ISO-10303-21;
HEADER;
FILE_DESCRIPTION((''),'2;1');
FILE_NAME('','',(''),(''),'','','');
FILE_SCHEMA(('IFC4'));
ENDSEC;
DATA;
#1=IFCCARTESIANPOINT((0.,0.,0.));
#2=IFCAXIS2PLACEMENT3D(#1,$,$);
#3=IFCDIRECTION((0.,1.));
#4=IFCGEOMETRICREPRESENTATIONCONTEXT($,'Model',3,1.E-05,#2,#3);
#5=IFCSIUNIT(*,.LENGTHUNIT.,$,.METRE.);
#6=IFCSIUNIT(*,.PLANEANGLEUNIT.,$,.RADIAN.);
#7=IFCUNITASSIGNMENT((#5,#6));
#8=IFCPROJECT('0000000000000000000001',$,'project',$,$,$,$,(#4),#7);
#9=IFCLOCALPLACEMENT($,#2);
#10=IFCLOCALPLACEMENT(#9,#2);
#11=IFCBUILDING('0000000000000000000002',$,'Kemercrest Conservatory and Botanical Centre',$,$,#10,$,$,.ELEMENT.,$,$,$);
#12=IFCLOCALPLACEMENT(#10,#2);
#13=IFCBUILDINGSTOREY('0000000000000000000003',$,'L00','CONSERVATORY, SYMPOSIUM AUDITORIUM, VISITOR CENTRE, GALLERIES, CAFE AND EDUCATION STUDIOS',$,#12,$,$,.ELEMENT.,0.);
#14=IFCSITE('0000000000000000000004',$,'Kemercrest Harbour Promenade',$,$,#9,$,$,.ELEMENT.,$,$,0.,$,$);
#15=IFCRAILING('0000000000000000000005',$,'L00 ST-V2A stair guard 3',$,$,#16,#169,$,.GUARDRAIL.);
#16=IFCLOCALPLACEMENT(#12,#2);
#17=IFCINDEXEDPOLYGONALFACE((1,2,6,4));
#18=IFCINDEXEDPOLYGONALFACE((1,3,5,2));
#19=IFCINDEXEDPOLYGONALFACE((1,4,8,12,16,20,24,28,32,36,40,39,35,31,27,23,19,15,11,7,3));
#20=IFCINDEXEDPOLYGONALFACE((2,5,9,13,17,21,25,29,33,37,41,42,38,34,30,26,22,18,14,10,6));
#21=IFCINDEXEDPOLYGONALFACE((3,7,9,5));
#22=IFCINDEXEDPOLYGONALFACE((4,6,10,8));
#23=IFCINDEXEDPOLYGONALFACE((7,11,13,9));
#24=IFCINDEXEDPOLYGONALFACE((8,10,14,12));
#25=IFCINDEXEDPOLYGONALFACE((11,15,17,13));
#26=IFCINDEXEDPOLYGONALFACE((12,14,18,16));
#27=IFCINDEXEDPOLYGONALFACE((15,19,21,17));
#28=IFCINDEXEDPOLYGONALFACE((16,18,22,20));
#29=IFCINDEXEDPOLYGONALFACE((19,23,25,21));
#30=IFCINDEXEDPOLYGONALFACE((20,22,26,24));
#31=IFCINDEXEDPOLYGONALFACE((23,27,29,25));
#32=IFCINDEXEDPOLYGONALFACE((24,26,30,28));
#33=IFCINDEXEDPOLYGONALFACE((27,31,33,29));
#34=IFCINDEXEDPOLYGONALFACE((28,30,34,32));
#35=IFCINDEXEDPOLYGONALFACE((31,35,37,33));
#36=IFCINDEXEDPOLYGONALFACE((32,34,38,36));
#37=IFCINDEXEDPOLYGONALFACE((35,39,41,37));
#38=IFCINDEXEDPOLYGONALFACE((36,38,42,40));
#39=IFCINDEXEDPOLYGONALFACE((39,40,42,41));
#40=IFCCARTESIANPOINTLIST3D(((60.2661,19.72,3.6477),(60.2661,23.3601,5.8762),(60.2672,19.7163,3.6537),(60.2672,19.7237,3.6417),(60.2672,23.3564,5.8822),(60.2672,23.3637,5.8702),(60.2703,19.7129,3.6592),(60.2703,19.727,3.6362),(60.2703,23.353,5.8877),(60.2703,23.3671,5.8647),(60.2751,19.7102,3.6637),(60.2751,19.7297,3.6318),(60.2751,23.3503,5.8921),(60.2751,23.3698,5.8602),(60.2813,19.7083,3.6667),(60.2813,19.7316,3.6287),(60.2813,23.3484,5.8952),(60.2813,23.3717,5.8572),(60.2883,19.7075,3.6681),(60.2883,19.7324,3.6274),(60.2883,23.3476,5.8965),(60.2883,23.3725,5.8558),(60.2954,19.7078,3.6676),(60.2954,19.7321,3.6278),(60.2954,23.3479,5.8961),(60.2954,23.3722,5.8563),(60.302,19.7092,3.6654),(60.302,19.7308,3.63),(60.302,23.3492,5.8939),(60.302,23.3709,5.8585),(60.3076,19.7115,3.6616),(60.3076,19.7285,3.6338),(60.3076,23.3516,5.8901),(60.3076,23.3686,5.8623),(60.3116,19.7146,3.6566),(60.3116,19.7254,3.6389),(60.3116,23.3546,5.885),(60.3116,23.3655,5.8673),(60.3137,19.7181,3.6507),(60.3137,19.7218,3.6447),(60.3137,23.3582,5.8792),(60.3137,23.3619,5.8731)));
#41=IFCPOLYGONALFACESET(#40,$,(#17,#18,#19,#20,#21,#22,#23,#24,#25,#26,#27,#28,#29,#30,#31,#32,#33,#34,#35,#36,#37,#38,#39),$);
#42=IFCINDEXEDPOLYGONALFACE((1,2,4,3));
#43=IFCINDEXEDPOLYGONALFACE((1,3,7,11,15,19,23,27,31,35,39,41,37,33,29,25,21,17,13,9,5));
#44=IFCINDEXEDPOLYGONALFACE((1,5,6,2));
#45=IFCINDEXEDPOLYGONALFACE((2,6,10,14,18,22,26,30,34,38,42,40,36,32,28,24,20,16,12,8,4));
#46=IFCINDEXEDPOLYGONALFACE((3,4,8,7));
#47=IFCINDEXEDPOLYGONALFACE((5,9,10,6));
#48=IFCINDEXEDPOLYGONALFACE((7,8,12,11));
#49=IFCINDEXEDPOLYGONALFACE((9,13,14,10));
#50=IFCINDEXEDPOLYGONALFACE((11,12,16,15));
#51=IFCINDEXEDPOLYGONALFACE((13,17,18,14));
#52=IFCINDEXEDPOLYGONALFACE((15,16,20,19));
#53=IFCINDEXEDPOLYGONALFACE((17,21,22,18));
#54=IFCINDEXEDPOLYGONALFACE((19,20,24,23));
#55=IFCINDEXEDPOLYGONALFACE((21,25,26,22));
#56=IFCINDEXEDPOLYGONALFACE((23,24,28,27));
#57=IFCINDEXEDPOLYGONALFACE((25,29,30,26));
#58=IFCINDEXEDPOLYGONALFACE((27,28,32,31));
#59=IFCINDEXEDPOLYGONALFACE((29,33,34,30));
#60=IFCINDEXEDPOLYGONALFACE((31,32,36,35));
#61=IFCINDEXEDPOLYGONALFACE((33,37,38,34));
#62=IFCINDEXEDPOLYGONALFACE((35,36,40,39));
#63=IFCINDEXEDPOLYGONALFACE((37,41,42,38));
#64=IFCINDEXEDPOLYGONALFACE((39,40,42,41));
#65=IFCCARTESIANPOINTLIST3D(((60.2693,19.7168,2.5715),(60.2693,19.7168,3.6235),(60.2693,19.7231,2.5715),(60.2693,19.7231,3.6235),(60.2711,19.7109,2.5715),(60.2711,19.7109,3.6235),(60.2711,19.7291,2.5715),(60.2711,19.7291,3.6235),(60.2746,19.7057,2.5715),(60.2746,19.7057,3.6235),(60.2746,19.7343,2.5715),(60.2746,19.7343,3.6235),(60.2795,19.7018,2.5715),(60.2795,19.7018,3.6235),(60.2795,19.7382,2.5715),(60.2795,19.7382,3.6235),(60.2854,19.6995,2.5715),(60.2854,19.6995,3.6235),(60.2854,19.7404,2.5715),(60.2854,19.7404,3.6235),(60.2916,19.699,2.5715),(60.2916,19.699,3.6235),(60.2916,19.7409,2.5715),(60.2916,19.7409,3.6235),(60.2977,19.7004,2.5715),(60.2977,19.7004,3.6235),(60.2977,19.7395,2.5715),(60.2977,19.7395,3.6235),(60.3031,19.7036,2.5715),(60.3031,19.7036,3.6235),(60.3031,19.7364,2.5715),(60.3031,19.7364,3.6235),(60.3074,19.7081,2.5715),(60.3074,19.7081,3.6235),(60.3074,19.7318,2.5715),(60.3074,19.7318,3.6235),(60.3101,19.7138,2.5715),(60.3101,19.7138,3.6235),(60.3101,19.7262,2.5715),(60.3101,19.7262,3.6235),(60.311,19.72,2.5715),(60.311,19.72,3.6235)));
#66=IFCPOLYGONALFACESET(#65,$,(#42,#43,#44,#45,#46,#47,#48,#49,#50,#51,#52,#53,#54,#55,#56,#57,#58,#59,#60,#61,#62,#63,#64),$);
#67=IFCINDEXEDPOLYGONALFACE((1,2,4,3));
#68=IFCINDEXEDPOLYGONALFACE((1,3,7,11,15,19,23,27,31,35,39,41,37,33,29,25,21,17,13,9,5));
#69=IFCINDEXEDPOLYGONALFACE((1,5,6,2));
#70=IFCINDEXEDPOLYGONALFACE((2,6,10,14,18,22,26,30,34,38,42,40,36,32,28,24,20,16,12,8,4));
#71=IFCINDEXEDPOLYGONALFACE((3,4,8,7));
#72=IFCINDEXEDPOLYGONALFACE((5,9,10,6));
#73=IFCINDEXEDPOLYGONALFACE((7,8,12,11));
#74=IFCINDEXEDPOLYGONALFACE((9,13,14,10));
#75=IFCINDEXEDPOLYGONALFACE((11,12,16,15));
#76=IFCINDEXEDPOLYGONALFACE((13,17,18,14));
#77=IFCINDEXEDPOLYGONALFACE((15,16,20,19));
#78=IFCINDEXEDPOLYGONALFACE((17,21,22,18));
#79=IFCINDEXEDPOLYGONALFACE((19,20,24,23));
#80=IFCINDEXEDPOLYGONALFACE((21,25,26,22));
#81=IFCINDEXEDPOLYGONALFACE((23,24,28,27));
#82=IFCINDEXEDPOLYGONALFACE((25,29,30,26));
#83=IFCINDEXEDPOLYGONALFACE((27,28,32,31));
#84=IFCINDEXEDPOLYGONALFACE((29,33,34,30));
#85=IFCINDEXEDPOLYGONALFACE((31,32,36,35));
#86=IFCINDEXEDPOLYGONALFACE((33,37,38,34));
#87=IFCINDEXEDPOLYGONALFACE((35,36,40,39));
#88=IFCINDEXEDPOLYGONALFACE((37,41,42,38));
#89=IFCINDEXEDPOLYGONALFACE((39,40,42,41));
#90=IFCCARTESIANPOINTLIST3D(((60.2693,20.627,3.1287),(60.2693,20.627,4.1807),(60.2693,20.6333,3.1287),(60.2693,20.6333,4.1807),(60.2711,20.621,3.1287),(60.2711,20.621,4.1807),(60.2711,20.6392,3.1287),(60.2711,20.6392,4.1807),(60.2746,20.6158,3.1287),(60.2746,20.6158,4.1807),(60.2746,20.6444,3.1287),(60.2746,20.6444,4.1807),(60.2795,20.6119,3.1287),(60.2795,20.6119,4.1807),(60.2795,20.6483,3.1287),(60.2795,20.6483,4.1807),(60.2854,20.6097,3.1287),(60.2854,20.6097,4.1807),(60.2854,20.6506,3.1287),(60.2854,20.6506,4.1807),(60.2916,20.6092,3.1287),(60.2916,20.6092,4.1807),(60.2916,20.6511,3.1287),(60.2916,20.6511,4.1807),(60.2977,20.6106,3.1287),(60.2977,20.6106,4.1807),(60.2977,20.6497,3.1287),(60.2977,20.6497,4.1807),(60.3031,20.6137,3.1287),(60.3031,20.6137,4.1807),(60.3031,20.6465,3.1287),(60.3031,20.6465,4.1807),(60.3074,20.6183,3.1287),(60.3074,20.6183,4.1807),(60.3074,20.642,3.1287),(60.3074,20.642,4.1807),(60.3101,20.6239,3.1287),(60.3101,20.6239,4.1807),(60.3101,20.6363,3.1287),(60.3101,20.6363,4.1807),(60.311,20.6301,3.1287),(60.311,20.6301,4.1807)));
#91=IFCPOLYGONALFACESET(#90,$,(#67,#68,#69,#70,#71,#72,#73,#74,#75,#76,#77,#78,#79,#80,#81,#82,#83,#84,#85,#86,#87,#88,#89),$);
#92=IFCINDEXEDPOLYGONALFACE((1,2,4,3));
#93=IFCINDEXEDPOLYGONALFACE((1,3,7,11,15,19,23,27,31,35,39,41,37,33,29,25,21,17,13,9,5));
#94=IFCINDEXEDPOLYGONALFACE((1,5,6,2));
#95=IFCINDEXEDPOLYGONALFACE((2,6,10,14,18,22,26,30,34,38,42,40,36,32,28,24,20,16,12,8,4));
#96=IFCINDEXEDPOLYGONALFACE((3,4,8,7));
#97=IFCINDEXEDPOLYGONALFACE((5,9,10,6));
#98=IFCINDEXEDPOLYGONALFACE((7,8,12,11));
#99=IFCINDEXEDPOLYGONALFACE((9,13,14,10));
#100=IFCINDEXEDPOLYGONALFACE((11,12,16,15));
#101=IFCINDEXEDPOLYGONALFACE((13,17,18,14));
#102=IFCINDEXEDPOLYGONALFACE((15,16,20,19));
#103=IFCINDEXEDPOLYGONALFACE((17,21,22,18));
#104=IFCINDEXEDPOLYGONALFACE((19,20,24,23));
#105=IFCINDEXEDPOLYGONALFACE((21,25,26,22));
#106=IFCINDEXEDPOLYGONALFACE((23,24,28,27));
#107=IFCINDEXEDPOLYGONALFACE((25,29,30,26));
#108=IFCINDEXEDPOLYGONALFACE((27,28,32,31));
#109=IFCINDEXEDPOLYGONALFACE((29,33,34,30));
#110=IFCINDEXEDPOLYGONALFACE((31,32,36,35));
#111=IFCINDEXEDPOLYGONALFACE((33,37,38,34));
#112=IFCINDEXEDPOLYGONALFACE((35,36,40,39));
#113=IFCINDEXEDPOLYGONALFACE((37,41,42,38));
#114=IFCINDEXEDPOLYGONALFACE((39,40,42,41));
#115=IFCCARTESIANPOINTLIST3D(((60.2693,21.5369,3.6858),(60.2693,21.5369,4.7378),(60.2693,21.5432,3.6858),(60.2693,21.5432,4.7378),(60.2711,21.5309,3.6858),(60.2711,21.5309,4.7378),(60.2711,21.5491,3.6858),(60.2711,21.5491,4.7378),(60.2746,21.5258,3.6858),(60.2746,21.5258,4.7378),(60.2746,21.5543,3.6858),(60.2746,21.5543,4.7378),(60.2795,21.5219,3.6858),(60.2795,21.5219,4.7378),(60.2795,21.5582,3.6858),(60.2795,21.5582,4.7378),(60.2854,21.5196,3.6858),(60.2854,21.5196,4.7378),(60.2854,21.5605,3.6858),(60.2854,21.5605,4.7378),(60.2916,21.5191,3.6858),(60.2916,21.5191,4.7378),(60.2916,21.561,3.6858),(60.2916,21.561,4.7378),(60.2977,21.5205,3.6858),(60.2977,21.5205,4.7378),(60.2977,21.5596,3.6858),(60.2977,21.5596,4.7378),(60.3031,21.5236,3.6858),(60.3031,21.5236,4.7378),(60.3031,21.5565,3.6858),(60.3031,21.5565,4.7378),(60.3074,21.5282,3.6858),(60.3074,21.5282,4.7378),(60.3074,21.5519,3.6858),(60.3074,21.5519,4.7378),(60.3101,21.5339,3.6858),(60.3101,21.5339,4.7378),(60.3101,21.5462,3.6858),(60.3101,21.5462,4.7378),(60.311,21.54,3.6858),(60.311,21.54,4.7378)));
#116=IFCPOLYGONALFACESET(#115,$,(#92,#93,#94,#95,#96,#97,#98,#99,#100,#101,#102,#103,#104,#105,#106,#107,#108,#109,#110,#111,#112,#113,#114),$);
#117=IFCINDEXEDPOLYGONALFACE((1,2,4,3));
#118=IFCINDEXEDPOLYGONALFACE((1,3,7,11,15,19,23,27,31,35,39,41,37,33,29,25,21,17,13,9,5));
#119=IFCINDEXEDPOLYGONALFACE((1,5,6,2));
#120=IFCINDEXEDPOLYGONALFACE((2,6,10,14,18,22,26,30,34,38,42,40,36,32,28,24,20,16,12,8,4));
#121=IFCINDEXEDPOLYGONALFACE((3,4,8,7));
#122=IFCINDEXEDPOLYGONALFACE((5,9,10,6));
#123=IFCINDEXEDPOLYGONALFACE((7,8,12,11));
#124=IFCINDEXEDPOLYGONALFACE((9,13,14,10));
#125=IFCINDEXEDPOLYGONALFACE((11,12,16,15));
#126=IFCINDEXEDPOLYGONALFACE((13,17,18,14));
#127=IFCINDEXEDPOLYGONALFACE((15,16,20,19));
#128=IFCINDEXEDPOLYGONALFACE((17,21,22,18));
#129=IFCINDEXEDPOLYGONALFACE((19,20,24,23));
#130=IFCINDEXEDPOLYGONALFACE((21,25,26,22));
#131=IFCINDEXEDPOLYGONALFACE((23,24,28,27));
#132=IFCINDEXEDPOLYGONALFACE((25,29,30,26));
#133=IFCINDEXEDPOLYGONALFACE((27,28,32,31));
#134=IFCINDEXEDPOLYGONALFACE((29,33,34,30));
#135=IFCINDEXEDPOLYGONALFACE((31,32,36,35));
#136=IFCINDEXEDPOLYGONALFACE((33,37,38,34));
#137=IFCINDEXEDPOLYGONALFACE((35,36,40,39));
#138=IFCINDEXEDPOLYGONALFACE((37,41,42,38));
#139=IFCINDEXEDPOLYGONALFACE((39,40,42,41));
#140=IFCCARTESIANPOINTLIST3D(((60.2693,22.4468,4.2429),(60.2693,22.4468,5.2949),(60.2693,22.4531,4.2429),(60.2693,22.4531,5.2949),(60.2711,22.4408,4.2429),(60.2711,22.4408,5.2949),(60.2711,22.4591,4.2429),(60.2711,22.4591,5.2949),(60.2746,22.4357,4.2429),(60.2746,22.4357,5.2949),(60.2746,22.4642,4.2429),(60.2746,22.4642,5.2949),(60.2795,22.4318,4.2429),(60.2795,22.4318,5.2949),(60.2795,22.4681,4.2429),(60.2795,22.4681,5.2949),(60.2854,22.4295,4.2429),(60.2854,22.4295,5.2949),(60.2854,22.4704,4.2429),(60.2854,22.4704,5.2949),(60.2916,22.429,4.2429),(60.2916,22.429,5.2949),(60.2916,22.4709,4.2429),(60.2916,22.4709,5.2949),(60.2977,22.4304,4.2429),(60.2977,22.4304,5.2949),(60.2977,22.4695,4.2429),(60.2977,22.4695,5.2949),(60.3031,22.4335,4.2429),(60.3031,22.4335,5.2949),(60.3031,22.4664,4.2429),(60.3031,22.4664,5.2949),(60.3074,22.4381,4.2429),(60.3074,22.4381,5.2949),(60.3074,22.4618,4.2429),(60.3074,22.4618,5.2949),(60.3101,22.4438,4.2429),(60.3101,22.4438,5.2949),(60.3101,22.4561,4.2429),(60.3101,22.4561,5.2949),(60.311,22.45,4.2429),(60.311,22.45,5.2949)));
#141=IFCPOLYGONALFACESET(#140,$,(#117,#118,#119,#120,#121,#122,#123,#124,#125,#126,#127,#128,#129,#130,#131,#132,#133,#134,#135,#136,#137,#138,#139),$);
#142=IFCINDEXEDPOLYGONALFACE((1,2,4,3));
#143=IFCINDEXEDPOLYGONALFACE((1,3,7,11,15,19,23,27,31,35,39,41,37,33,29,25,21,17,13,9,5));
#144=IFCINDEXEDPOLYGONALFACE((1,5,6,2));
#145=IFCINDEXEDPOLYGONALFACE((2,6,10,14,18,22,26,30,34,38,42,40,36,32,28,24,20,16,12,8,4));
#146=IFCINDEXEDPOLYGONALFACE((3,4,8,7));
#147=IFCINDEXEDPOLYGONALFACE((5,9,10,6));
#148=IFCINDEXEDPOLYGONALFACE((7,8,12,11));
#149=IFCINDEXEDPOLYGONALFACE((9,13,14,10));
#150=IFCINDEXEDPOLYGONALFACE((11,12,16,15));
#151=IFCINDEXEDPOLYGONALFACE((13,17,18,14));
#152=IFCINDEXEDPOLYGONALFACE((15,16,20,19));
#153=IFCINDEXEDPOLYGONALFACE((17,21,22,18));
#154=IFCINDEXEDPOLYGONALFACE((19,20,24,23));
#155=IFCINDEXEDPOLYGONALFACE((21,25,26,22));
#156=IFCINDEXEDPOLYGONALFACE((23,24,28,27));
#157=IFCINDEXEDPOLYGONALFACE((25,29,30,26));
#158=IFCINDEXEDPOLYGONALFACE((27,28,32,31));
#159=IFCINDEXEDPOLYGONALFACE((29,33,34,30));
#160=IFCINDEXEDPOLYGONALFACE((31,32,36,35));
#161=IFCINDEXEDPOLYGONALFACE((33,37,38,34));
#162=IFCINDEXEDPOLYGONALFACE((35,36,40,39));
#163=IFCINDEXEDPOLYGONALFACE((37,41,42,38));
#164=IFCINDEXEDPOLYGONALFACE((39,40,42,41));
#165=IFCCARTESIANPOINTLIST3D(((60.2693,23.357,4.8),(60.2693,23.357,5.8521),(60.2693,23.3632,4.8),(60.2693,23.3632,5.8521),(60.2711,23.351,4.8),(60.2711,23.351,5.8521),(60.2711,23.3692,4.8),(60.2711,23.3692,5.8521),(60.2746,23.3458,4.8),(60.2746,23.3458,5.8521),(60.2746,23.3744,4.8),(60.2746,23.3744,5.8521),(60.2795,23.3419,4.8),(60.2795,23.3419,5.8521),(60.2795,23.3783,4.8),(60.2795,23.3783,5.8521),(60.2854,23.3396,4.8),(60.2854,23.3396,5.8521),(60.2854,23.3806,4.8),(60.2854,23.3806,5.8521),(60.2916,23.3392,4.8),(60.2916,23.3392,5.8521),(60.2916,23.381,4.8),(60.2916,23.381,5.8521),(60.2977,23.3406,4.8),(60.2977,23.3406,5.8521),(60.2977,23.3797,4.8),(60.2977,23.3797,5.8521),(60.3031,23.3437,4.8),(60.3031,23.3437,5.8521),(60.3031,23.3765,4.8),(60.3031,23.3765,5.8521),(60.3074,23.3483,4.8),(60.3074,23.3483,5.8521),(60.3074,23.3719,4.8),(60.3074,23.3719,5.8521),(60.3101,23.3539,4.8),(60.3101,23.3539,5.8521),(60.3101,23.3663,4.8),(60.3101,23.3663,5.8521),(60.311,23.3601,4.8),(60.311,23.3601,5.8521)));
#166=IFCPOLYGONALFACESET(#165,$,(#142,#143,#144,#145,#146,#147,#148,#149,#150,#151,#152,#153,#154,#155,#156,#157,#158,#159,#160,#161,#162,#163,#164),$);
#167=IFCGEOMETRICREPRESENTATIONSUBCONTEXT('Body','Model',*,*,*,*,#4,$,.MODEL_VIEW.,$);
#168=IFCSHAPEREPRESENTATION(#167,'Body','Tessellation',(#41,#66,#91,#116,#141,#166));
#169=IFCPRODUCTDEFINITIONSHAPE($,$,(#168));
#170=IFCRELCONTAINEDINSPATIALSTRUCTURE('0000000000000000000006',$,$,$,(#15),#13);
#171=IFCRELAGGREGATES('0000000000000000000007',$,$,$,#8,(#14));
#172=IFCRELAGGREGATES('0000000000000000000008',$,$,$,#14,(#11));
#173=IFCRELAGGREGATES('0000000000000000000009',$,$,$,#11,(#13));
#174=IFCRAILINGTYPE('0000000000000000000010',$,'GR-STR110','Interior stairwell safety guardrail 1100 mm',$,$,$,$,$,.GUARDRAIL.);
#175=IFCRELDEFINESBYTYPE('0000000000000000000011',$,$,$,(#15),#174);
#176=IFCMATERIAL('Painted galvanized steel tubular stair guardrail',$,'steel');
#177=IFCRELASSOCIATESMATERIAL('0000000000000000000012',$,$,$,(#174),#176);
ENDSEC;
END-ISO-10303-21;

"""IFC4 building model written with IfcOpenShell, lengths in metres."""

from ifc_helpers import new_model, si_unit, direction, frame, origin, origin_2d, place, context, subcontext, project, spatial, circle, extrude, material, type_object, element, save


model = new_model("IFC4")

# Units and contexts
model_context = context("Model", 3, precision=1e-05, world=origin(), true_north=direction((0.0, 1.0)))
body_context = subcontext(model_context, "Body", "Model", "MODEL_VIEW")
ifc_project = project(units=[si_unit("LENGTHUNIT", "METRE"), si_unit("PLANEANGLEUNIT", "RADIAN")], contexts=[model_context])

# Site, building, storey
site_placement = place(None, origin())
site = spatial("IfcSite", under=ifc_project, at=site_placement, Name="Kemercrest Harbour Promenade", CompositionType="ELEMENT", RefElevation=0.0)
building_placement = place(site_placement, origin())
building = spatial("IfcBuilding", under=site, at=building_placement, Name="Kemercrest Conservatory and Botanical Centre", CompositionType="ELEMENT")
storey_placement = place(building_placement, origin())
storey = spatial("IfcBuildingStorey", under=building, at=storey_placement, Name="L00", Description="CONSERVATORY, SYMPOSIUM AUDITORIUM, VISITOR CENTRE, GALLERIES, CAFE AND EDUCATION STUDIOS", CompositionType="ELEMENT", Elevation=0.0)

# Railing
ifc_material_1 = material(Name="Painted galvanized steel tubular stair guardrail", Category="steel")
railing_type_1 = type_object("IfcRailingType", Name="GR-STR110", Description="Interior stairwell safety guardrail 1100 mm", PredefinedType="GUARDRAIL", material=ifc_material_1)
railing_1_placement = place(storey_placement, frame((60.29, 19.72, 2.5715)))
element("IfcRailing", 1, at=railing_1_placement, inside=storey, type_object=railing_type_1, Name="L00 ST-V2A stair guard 3", PredefinedType="GUARDRAIL", context=body_context, shape_type="SweptSolid", body=[
    extrude(circle(Radius=0.0239, at=origin_2d()), frame((0.0, 0.0, 1.0762), z_axis=(0.0, 0.852866, 0.52213), x_axis=(-1.0, 0.0, 0.0)), (0.0, 0.0, 1.0), 4.2681),
    extrude(circle(Radius=0.021, at=origin_2d()), origin(), (0.0, 0.0, 1.0), 1.052),
    extrude(circle(Radius=0.021, at=origin_2d()), frame((0.0, 0.9102, 0.5571)), (0.0, 0.0, 1.0), 1.052),
    extrude(circle(Radius=0.021, at=origin_2d()), frame((0.0, 1.8201, 1.1143)), (0.0, 0.0, 1.0), 1.052),
    extrude(circle(Radius=0.021, at=origin_2d()), frame((0.0, 2.73, 1.6714)), (0.0, 0.0, 1.0), 1.052),
    extrude(circle(Radius=0.021, at=origin_2d()), frame((0.0, 3.6401, 2.2285)), (0.0, 0.0, 1.0), 1.052),
])

save(model, "model.ifc")
